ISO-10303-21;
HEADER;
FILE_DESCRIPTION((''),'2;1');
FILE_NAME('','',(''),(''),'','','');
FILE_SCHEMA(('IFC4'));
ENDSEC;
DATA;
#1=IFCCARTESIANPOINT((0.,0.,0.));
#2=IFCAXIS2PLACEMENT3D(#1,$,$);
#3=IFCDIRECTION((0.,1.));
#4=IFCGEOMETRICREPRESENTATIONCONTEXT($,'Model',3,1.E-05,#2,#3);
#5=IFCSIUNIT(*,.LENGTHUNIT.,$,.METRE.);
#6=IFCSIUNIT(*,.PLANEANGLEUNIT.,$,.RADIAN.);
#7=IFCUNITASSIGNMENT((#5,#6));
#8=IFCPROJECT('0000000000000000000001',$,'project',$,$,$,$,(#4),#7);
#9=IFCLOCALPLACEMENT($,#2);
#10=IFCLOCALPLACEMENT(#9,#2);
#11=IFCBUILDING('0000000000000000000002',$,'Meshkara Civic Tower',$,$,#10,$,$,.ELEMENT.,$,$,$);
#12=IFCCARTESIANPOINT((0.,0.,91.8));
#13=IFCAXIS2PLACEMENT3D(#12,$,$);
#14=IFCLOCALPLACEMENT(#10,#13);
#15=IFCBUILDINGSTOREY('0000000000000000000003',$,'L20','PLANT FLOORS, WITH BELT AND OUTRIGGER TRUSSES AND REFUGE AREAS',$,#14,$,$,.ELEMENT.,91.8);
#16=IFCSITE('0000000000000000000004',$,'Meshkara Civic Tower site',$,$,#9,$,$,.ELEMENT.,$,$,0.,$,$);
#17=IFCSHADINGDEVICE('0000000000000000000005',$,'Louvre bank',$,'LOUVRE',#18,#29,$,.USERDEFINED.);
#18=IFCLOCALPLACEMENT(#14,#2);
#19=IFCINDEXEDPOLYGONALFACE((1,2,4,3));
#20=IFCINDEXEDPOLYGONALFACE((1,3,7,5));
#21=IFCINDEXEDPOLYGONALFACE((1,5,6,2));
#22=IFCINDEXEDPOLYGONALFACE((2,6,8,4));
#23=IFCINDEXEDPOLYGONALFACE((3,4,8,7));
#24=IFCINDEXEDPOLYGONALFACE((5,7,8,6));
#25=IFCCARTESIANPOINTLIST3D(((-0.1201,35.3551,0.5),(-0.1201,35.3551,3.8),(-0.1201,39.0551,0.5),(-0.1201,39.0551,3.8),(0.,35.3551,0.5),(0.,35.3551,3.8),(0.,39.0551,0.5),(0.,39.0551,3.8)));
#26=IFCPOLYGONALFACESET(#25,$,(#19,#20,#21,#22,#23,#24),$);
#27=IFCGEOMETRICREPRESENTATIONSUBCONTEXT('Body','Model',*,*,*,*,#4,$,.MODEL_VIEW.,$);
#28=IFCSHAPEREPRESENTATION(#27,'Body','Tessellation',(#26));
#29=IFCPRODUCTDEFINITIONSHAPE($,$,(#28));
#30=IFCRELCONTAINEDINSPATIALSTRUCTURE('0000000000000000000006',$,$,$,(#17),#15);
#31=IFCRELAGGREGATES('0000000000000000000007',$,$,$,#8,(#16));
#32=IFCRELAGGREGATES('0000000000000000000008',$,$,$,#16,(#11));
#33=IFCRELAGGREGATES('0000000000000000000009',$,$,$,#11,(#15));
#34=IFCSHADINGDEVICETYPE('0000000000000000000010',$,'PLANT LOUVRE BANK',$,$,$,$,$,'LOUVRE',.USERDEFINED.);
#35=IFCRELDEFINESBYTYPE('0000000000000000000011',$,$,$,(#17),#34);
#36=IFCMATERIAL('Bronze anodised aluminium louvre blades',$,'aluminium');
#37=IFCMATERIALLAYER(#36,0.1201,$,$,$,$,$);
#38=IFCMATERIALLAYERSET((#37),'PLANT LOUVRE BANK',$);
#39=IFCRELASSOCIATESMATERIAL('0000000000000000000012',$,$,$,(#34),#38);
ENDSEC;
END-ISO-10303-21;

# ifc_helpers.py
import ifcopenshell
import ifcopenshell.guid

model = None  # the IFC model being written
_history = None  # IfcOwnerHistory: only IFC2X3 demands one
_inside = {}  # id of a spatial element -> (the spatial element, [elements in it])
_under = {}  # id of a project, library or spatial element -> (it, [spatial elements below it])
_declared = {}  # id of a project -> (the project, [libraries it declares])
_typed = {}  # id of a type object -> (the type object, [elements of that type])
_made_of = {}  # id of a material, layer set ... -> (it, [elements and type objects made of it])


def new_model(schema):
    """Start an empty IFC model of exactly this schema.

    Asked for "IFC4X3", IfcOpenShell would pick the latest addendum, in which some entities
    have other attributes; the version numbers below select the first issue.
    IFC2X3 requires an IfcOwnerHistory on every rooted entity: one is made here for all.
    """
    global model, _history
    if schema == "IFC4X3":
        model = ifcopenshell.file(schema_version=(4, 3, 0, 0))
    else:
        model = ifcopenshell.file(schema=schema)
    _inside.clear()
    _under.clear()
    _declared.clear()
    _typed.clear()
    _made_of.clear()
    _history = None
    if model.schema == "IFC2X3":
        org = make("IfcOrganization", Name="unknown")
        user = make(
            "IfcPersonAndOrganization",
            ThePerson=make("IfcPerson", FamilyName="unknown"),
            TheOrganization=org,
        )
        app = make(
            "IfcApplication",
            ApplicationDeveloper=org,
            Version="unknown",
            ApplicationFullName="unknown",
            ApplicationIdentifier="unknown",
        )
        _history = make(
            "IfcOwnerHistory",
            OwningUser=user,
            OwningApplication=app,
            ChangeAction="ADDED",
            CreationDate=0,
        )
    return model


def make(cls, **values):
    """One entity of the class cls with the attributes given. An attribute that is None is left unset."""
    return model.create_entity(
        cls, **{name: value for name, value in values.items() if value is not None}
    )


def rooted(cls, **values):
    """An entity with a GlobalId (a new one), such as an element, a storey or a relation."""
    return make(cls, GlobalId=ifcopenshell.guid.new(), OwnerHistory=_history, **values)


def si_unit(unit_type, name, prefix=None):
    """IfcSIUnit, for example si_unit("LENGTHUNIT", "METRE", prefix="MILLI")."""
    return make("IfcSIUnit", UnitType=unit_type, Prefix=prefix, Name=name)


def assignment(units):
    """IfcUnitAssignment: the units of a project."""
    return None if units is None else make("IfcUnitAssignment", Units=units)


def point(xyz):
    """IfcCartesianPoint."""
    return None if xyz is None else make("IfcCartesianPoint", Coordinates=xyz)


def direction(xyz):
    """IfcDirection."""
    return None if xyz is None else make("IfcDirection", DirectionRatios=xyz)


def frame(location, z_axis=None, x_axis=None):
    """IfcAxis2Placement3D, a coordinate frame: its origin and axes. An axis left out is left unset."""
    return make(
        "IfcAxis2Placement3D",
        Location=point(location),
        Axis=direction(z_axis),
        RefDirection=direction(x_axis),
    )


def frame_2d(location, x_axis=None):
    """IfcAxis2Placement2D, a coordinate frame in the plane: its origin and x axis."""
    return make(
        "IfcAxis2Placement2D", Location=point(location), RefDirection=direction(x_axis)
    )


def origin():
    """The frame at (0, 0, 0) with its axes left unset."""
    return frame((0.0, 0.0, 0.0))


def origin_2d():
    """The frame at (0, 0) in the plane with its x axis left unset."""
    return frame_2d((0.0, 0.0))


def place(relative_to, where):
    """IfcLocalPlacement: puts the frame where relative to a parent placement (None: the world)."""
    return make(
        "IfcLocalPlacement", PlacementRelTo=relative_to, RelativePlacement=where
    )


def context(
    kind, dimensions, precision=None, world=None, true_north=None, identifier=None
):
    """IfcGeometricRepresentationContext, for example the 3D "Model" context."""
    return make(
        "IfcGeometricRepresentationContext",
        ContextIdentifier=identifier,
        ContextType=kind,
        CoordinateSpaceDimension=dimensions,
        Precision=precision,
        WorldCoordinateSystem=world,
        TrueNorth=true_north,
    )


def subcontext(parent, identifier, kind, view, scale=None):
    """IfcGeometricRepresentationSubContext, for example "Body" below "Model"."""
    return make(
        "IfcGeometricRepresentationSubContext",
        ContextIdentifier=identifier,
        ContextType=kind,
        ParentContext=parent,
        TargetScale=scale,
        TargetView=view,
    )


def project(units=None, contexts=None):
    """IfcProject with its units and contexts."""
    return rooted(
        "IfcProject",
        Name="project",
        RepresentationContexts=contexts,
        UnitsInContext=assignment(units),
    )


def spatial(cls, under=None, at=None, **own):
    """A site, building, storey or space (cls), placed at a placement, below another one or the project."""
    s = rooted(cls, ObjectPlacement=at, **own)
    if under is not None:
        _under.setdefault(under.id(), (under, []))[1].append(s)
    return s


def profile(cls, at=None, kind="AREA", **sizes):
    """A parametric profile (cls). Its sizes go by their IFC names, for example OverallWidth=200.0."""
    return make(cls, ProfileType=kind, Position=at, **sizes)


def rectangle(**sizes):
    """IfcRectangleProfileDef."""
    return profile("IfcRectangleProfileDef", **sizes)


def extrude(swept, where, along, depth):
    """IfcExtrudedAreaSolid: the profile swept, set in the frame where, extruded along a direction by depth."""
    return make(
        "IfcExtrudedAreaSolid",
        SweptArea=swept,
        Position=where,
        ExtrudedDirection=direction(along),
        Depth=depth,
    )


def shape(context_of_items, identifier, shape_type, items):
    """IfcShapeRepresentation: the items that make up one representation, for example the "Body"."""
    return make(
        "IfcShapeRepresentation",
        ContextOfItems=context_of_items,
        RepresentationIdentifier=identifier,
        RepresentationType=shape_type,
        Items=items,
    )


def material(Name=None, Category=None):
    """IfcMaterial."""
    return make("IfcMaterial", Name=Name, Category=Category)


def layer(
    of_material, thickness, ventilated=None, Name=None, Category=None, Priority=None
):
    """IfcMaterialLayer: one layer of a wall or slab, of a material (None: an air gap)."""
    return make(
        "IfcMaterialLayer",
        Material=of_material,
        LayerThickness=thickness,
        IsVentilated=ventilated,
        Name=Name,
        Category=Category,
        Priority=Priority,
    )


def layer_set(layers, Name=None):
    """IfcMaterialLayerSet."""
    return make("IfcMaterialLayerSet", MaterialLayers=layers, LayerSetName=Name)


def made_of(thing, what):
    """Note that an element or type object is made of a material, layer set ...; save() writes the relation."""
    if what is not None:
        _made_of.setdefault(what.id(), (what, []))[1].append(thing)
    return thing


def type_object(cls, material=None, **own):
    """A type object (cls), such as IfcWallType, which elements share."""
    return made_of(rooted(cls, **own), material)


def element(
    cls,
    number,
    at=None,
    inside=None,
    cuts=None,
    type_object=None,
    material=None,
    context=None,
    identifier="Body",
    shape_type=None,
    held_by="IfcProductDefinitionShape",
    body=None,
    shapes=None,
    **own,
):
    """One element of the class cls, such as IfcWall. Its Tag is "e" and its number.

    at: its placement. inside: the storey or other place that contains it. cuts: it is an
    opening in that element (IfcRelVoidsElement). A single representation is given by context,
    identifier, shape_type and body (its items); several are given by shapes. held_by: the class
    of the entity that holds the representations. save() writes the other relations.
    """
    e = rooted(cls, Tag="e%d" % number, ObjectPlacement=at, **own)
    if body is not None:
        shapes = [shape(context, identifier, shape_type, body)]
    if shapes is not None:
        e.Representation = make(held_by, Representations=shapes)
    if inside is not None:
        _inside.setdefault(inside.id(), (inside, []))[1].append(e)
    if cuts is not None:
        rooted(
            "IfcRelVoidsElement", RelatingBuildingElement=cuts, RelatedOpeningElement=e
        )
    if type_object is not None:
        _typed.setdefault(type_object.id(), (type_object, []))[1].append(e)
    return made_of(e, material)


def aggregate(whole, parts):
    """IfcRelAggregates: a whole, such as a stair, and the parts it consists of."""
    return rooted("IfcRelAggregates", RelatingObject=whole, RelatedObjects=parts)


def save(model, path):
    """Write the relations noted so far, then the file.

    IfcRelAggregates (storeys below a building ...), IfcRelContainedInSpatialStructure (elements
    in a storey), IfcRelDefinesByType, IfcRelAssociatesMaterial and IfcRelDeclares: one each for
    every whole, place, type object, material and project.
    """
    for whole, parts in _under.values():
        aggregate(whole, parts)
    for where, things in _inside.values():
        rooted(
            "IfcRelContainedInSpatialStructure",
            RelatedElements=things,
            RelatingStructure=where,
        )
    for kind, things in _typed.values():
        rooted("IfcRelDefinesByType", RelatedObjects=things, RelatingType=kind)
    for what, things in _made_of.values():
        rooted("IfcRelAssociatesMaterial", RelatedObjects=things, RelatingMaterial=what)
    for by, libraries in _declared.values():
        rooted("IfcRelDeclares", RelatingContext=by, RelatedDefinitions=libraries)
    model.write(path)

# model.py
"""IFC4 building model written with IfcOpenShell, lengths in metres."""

from ifc_helpers import new_model, si_unit, direction, frame, origin, origin_2d, place, context, subcontext, project, spatial, rectangle, extrude, material, layer, layer_set, type_object, element, save


model = new_model("IFC4")

# Units and contexts
model_context = context("Model", 3, precision=1e-05, world=origin(), true_north=direction((0.0, 1.0)))
body_context = subcontext(model_context, "Body", "Model", "MODEL_VIEW")
ifc_project = project(units=[si_unit("LENGTHUNIT", "METRE"), si_unit("PLANEANGLEUNIT", "RADIAN")], contexts=[model_context])

# Site, building, storey
site_placement = place(None, origin())
site = spatial("IfcSite", under=ifc_project, at=site_placement, Name="Meshkara Civic Tower site", CompositionType="ELEMENT", RefElevation=0.0)
building_placement = place(site_placement, origin())
building = spatial("IfcBuilding", under=site, at=building_placement, Name="Meshkara Civic Tower", CompositionType="ELEMENT")
storey_placement = place(building_placement, frame((0.0, 0.0, 91.8)))
storey = spatial("IfcBuildingStorey", under=building, at=storey_placement, Name="L20", Description="PLANT FLOORS, WITH BELT AND OUTRIGGER TRUSSES AND REFUGE AREAS", CompositionType="ELEMENT", Elevation=91.8)

# Shading device
ifc_material_1 = material(Name="Bronze anodised aluminium louvre blades", Category="aluminium")
ifc_layer_1 = layer(ifc_material_1, 0.1201)
ifc_layer_set_1 = layer_set([ifc_layer_1], Name="PLANT LOUVRE BANK")
shading_device_type = type_object("IfcShadingDeviceType", Name="PLANT LOUVRE BANK", ElementType="LOUVRE", PredefinedType="USERDEFINED", material=ifc_layer_set_1)
shading_device_placement = place(storey_placement, frame((-0.0601, 37.2051, 0.5), z_axis=(0.0, 0.0, 1.0), x_axis=(0.0, -1.0, 0.0)))
element("IfcShadingDevice", 1, at=shading_device_placement, inside=storey, type_object=shading_device_type, Name="Louvre bank", ObjectType="LOUVRE", PredefinedType="USERDEFINED", context=body_context, shape_type="SweptSolid", body=[
    extrude(rectangle(XDim=3.7, YDim=0.1201, at=origin_2d()), origin(), (0.0, 0.0, 1.0), 3.3),
])

save(model, "model.ifc")
